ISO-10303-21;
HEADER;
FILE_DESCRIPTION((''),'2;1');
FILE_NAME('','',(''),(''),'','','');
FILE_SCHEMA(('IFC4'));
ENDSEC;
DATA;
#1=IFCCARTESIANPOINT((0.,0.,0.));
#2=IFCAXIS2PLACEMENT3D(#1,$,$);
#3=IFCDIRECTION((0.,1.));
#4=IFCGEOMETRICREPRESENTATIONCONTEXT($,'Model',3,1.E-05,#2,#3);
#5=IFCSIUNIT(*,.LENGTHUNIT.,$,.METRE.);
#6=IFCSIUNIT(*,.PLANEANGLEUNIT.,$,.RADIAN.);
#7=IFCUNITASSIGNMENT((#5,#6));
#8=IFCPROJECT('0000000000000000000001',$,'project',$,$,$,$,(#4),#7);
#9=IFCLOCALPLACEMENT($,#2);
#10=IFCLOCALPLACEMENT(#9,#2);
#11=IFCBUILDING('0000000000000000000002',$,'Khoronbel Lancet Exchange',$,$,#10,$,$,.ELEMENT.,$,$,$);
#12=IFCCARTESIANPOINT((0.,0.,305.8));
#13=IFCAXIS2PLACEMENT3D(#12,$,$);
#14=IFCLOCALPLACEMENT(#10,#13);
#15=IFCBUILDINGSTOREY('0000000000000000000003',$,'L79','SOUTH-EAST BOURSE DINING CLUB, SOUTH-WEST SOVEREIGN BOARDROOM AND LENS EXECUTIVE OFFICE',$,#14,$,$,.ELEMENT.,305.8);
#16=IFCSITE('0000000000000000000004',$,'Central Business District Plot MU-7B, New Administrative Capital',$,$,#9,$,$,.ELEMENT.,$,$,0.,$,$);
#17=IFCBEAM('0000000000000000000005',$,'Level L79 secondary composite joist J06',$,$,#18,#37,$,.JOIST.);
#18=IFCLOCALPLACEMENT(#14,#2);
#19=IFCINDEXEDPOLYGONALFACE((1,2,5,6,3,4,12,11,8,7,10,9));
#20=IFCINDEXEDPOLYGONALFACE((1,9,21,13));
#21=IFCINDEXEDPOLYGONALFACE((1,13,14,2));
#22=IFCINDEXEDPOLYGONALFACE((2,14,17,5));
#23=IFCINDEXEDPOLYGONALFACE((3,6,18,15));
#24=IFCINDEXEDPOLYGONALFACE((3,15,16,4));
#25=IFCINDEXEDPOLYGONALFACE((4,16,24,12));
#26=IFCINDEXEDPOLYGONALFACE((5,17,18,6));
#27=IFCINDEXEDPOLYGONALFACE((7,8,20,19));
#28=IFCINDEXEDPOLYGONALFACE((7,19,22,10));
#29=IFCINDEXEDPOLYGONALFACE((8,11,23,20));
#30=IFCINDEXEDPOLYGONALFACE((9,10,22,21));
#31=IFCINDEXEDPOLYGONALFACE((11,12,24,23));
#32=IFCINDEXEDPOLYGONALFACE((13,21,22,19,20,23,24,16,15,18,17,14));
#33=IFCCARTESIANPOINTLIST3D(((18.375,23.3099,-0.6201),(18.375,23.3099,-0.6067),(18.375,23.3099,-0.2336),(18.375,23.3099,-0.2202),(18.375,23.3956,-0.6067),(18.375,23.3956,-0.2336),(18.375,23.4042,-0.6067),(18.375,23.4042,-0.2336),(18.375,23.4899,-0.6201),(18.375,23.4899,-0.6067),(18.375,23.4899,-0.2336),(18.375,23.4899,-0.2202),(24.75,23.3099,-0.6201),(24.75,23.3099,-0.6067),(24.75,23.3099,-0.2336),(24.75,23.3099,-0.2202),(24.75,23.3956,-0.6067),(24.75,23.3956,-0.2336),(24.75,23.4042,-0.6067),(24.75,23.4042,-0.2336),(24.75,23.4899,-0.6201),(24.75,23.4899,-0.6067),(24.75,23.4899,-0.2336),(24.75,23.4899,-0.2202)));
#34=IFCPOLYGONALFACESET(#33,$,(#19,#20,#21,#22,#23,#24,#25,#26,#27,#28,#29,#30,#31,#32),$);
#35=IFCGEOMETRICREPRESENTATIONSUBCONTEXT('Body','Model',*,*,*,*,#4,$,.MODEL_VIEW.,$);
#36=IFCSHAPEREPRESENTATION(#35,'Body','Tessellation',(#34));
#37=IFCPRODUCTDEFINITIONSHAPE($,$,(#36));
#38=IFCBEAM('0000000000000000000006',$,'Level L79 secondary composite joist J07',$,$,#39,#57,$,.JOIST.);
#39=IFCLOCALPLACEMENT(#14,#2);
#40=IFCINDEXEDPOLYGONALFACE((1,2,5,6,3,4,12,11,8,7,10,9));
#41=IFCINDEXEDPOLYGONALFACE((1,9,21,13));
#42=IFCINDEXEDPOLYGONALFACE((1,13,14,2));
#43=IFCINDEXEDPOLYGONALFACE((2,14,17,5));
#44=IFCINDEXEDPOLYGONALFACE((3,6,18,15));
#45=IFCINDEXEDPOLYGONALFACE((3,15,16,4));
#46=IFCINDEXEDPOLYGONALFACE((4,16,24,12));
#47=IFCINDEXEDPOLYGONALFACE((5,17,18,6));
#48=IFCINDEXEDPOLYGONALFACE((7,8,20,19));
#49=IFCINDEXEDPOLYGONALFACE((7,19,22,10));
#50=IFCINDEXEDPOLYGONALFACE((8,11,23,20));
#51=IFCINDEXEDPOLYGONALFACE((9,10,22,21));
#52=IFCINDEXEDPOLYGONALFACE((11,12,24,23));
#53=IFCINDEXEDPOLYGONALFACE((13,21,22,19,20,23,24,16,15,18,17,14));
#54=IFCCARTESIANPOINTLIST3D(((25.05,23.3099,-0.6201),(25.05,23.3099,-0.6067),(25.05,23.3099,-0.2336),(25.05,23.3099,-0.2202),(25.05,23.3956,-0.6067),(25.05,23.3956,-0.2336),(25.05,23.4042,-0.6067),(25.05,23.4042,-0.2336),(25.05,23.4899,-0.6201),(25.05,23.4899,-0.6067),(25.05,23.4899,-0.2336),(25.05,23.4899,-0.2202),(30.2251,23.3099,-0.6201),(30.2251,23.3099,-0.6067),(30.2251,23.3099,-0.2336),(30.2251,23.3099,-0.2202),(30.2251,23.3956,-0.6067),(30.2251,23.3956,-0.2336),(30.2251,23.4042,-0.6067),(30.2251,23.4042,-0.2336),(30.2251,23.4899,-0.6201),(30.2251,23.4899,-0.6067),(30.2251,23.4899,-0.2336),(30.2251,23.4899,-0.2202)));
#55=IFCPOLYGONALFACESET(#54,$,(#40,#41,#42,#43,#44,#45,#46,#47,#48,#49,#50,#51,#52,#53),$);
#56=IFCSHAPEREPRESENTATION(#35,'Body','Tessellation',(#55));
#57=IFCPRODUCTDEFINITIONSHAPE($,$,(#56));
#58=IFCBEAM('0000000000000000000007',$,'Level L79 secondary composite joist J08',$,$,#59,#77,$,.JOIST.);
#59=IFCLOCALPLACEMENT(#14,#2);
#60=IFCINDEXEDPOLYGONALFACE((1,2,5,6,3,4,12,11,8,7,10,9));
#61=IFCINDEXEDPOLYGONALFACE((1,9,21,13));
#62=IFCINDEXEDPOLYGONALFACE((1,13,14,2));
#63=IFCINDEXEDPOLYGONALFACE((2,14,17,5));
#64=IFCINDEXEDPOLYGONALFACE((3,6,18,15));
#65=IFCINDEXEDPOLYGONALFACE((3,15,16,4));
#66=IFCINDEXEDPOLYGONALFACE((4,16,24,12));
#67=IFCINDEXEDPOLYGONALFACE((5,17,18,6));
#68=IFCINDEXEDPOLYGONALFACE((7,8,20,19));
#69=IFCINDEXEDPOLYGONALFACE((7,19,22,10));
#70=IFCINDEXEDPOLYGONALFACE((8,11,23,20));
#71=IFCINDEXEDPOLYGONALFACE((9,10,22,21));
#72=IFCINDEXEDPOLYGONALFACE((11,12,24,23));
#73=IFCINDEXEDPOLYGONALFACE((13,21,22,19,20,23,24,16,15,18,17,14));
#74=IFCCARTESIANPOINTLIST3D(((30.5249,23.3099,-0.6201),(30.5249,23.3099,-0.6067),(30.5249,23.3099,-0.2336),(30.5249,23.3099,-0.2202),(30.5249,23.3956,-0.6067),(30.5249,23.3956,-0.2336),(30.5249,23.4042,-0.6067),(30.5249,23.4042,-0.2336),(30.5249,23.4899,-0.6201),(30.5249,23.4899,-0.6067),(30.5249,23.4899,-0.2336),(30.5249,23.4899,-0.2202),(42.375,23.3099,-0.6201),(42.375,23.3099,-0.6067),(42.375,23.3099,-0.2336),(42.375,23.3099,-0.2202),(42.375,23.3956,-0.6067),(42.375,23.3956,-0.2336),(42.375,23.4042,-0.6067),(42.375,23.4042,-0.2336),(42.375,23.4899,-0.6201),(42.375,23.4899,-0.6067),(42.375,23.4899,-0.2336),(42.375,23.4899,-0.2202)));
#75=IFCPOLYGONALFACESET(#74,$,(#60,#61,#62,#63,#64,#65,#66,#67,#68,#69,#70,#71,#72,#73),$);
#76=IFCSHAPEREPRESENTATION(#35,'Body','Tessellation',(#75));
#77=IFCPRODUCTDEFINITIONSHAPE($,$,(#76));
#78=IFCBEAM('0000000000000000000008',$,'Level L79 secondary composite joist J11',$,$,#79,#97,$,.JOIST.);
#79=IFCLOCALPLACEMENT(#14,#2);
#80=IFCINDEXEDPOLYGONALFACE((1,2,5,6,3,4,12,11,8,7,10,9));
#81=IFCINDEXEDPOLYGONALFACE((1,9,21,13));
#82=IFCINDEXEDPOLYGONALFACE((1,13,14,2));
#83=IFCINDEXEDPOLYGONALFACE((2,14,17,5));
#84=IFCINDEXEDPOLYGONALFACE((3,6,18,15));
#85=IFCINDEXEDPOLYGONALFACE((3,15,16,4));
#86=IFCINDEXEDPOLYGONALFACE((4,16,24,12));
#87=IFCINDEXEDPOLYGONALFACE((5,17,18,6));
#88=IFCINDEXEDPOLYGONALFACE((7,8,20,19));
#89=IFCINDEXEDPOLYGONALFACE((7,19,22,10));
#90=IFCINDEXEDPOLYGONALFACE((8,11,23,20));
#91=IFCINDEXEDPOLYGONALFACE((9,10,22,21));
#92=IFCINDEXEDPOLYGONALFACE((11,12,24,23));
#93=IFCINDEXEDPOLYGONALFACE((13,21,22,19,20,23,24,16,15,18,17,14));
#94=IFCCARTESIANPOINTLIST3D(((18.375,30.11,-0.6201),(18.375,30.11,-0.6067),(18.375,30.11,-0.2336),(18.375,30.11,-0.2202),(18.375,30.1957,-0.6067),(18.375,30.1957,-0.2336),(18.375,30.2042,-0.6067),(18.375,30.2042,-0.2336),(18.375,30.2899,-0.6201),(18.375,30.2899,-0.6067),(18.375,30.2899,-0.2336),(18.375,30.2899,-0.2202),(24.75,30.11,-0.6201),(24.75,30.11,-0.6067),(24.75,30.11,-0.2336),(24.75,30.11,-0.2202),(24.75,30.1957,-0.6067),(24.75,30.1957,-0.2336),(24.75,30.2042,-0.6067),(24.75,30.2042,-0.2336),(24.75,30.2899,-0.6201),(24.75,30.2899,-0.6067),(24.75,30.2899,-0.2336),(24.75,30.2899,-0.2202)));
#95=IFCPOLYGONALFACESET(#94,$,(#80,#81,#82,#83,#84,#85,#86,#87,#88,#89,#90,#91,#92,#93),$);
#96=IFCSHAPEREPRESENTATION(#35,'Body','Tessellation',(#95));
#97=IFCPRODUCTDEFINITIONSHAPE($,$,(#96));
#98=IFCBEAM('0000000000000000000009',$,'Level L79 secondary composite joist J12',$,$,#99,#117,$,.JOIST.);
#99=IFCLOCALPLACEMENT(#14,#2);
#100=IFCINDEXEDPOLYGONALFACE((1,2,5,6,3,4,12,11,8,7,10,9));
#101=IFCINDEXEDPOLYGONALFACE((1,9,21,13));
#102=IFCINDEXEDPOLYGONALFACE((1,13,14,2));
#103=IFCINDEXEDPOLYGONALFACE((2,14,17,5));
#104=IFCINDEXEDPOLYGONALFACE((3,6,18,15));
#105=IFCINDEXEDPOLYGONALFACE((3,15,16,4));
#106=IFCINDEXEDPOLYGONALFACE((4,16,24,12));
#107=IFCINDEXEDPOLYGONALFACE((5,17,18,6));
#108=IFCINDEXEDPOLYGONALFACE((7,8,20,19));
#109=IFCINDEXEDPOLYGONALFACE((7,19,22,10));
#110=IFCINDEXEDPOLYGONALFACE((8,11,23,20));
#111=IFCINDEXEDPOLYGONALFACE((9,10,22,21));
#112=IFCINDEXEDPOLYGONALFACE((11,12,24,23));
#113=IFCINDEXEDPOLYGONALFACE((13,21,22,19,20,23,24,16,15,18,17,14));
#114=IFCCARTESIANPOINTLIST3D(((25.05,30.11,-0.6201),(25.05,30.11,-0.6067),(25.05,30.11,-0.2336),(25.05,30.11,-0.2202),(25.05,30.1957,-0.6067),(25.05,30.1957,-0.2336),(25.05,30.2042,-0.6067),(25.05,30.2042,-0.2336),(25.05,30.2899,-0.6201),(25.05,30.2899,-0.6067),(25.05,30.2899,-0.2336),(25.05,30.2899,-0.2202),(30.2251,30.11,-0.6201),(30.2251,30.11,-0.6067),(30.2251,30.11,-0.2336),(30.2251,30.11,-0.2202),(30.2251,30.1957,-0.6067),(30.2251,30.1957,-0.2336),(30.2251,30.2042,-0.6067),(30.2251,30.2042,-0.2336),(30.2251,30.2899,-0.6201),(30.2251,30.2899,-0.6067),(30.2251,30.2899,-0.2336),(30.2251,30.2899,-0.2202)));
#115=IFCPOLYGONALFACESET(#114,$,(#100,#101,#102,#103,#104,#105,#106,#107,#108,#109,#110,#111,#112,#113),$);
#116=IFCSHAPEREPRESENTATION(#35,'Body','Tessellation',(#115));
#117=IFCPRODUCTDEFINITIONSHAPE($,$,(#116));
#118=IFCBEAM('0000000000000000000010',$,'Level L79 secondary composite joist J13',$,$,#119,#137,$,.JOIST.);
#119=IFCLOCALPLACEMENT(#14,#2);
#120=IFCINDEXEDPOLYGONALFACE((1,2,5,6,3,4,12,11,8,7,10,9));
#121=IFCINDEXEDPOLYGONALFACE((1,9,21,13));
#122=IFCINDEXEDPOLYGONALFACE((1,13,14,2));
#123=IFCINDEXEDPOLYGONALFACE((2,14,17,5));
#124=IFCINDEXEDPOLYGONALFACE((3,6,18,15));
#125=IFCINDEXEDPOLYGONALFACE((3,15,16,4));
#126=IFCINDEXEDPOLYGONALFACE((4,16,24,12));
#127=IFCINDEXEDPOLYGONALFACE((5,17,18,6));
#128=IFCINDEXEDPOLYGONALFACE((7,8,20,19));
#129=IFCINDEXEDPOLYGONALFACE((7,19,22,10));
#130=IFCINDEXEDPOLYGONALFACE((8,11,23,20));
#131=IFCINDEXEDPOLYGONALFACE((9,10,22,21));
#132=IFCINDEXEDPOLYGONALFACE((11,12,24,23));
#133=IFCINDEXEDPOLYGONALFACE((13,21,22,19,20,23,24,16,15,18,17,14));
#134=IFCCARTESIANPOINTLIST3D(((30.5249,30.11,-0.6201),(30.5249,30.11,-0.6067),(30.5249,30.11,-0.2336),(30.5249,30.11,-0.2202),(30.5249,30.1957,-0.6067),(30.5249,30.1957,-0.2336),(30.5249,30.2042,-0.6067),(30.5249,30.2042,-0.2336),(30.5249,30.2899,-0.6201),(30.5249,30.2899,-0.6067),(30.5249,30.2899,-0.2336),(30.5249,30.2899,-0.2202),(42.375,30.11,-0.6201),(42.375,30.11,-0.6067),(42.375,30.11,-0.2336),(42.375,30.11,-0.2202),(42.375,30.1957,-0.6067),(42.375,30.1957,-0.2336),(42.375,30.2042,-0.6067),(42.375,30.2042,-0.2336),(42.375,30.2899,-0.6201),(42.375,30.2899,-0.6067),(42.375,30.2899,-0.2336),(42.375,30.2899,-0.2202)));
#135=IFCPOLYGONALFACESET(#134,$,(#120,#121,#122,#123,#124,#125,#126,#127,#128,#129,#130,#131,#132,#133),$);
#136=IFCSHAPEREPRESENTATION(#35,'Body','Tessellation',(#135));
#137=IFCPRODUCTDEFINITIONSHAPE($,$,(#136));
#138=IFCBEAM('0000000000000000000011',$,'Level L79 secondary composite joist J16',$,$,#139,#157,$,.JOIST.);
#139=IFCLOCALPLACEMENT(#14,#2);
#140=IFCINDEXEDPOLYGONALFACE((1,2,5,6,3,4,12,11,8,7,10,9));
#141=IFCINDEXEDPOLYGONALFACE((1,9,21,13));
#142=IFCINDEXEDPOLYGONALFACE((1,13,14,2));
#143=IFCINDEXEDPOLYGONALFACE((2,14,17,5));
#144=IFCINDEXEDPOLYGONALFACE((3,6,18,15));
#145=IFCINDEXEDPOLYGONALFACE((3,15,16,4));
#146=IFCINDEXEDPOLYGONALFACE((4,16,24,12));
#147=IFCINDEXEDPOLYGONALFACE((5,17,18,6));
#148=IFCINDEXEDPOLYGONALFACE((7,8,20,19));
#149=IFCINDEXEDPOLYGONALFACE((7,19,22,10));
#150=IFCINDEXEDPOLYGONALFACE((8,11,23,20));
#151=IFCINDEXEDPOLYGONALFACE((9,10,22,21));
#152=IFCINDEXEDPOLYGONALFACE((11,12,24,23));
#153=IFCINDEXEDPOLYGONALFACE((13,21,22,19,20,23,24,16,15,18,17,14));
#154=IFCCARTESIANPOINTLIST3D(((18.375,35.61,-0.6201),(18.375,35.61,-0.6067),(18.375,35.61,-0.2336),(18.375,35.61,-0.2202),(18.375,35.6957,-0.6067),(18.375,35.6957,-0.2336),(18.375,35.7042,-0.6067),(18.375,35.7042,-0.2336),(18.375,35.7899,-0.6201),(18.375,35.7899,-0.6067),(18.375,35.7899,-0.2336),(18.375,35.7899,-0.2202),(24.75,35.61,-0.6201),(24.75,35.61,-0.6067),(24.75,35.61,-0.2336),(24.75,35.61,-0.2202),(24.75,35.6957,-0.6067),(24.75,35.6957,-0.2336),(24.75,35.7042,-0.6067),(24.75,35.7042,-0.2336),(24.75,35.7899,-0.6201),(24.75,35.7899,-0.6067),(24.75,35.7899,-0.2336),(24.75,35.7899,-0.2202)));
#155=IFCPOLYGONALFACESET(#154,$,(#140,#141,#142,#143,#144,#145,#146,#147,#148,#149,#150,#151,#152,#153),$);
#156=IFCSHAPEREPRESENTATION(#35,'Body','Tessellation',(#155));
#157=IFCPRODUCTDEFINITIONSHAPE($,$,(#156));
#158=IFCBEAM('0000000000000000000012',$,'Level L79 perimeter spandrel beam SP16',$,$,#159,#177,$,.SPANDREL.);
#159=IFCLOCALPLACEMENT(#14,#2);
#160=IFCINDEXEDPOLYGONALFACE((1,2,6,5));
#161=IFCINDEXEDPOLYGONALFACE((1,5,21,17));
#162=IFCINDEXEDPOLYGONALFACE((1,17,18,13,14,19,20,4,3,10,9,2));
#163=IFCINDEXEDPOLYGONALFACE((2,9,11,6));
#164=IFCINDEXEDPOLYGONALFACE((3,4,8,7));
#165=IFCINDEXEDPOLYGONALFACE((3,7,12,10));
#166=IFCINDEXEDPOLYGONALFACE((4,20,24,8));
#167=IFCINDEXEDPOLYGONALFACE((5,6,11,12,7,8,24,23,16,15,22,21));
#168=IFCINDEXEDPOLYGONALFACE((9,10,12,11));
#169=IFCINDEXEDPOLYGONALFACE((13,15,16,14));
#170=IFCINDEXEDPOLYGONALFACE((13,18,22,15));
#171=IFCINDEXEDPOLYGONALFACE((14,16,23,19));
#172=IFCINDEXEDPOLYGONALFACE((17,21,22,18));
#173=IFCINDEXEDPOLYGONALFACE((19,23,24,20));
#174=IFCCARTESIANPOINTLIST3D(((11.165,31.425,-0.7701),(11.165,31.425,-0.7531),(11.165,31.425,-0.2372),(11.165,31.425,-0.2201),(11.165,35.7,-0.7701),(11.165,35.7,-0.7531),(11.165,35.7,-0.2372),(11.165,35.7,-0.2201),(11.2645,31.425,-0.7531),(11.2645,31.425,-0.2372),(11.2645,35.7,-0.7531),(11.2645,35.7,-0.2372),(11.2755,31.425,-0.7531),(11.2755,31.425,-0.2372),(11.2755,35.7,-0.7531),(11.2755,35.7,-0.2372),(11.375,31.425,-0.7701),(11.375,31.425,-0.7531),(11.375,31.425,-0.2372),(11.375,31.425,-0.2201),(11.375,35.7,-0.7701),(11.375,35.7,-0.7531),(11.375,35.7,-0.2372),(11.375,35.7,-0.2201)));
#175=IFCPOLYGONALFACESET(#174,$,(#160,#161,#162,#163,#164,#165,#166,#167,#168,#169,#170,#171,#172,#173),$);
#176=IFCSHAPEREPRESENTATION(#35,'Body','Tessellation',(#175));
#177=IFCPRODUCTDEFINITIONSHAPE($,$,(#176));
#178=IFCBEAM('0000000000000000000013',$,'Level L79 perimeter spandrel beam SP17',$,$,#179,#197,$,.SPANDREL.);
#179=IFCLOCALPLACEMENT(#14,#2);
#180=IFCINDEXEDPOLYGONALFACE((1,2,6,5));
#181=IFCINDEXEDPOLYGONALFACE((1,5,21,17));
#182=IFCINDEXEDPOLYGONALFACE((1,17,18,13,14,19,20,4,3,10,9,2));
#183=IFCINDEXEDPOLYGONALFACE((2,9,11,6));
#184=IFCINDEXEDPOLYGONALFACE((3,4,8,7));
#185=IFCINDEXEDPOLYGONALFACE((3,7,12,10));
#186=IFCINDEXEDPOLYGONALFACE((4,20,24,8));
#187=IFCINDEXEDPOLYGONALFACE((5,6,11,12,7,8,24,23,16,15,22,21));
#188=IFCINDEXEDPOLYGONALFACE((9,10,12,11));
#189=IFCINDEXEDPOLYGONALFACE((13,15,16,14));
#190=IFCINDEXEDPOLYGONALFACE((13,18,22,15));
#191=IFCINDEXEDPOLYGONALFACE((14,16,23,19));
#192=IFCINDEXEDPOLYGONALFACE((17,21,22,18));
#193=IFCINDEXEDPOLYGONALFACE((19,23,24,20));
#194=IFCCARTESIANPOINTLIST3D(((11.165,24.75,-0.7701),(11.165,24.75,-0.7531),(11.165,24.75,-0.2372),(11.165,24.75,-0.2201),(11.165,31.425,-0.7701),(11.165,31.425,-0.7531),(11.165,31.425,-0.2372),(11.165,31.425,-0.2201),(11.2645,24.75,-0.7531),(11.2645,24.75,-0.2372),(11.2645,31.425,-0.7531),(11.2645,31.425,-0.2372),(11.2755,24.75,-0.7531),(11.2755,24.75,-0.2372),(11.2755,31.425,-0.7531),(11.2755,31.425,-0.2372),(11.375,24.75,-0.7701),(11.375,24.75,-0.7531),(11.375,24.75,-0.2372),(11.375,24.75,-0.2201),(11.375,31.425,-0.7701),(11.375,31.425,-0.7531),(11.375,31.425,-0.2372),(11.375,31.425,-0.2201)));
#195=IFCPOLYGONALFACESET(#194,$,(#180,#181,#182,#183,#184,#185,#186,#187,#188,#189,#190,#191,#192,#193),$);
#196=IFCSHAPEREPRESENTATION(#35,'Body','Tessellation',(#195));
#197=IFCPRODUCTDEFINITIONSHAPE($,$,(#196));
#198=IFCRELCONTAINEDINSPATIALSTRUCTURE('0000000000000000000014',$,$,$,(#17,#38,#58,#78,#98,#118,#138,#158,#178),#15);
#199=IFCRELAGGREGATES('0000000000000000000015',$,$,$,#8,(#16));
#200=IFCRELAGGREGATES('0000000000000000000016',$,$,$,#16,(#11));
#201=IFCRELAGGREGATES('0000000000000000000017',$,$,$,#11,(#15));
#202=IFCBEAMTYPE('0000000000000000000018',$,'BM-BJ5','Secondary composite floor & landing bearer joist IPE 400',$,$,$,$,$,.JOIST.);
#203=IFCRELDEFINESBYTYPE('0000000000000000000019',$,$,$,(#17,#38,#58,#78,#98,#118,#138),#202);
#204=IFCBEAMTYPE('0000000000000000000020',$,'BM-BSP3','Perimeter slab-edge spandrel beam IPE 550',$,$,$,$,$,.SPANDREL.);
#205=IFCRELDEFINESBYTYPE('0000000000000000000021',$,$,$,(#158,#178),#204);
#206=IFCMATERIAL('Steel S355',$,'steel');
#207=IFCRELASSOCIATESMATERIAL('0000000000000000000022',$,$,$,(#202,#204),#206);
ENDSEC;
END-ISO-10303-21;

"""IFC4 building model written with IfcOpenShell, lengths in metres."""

from ifc_helpers import new_model, si_unit, direction, frame, origin, origin_2d, place, context, subcontext, project, spatial, i_section, extrude, material, material_profile, profile_set, type_object, element, save


model = new_model("IFC4")

# Units and contexts
model_context = context("Model", 3, precision=1e-05, world=origin(), true_north=direction((0.0, 1.0)))
body_context = subcontext(model_context, "Body", "Model", "MODEL_VIEW")
ifc_project = project(units=[si_unit("LENGTHUNIT", "METRE"), si_unit("PLANEANGLEUNIT", "RADIAN")], contexts=[model_context])

# Site, building, storey
site_placement = place(None, origin())
site = spatial("IfcSite", under=ifc_project, at=site_placement, Name="Central Business District Plot MU-7B, New Administrative Capital", CompositionType="ELEMENT", RefElevation=0.0)
building_placement = place(site_placement, origin())
building = spatial("IfcBuilding", under=site, at=building_placement, Name="Khoronbel Lancet Exchange", CompositionType="ELEMENT")
storey_placement = place(building_placement, frame((0.0, 0.0, 305.8)))
storey = spatial("IfcBuildingStorey", under=building, at=storey_placement, Name="L79", Description="SOUTH-EAST BOURSE DINING CLUB, SOUTH-WEST SOVEREIGN BOARDROOM AND LENS EXECUTIVE OFFICE", CompositionType="ELEMENT", Elevation=305.8)

# Shared definitions
ifc_material_1 = material(Name="Steel S355", Category="steel")

# Beams
ifc_material_profile_1 = material_profile(ifc_material_1, i_section(OverallWidth=0.1799, OverallDepth=0.3999, WebThickness=0.0085, FlangeThickness=0.0134, at=origin_2d()), Name="IPE 400")
ifc_profile_set_1 = profile_set([ifc_material_profile_1], Name="Steel S355")
beam_type_1 = type_object("IfcBeamType", Name="BM-BJ5", Description="Secondary composite floor & landing bearer joist IPE 400", PredefinedType="JOIST", material=ifc_profile_set_1)
beam_1_placement = place(storey_placement, frame((18.375, 23.3999, -0.4202), z_axis=(1.0, 0.0, 0.0), x_axis=(0.0, 1.0, 0.0)))
element("IfcBeam", 1, at=beam_1_placement, inside=storey, type_object=beam_type_1, Name="Level L79 secondary composite joist J06", PredefinedType="JOIST", context=body_context, shape_type="SweptSolid", body=[
    extrude(i_section(OverallWidth=0.1799, OverallDepth=0.3999, WebThickness=0.0085, FlangeThickness=0.0134, at=origin_2d()), origin(), (0.0, 0.0, 1.0), 6.375),
])
beam_2_placement = place(storey_placement, frame((25.05, 23.3999, -0.4202), z_axis=(1.0, 0.0, 0.0), x_axis=(0.0, 1.0, 0.0)))
element("IfcBeam", 2, at=beam_2_placement, inside=storey, type_object=beam_type_1, Name="Level L79 secondary composite joist J07", PredefinedType="JOIST", context=body_context, shape_type="SweptSolid", body=[
    extrude(i_section(OverallWidth=0.1799, OverallDepth=0.3999, WebThickness=0.0085, FlangeThickness=0.0134, at=origin_2d()), origin(), (0.0, 0.0, 1.0), 5.175),
])
beam_3_placement = place(storey_placement, frame((30.5249, 23.3999, -0.4202), z_axis=(1.0, 0.0, 0.0), x_axis=(0.0, 1.0, 0.0)))
element("IfcBeam", 3, at=beam_3_placement, inside=storey, type_object=beam_type_1, Name="Level L79 secondary composite joist J08", PredefinedType="JOIST", context=body_context, shape_type="SweptSolid", body=[
    extrude(i_section(OverallWidth=0.1799, OverallDepth=0.3999, WebThickness=0.0085, FlangeThickness=0.0134, at=origin_2d()), origin(), (0.0, 0.0, 1.0), 11.8501),
])
beam_4_placement = place(storey_placement, frame((18.375, 30.2, -0.4202), z_axis=(1.0, 0.0, 0.0), x_axis=(0.0, 1.0, 0.0)))
element("IfcBeam", 4, at=beam_4_placement, inside=storey, type_object=beam_type_1, Name="Level L79 secondary composite joist J11", PredefinedType="JOIST", context=body_context, shape_type="SweptSolid", body=[
    extrude(i_section(OverallWidth=0.1799, OverallDepth=0.3999, WebThickness=0.0085, FlangeThickness=0.0134, at=origin_2d()), origin(), (0.0, 0.0, 1.0), 6.375),
])
beam_5_placement = place(storey_placement, frame((25.05, 30.2, -0.4202), z_axis=(1.0, 0.0, 0.0), x_axis=(0.0, 1.0, 0.0)))
element("IfcBeam", 5, at=beam_5_placement, inside=storey, type_object=beam_type_1, Name="Level L79 secondary composite joist J12", PredefinedType="JOIST", context=body_context, shape_type="SweptSolid", body=[
    extrude(i_section(OverallWidth=0.1799, OverallDepth=0.3999, WebThickness=0.0085, FlangeThickness=0.0134, at=origin_2d()), origin(), (0.0, 0.0, 1.0), 5.175),
])
beam_6_placement = place(storey_placement, frame((30.5249, 30.2, -0.4202), z_axis=(1.0, 0.0, 0.0), x_axis=(0.0, 1.0, 0.0)))
element("IfcBeam", 6, at=beam_6_placement, inside=storey, type_object=beam_type_1, Name="Level L79 secondary composite joist J13", PredefinedType="JOIST", context=body_context, shape_type="SweptSolid", body=[
    extrude(i_section(OverallWidth=0.1799, OverallDepth=0.3999, WebThickness=0.0085, FlangeThickness=0.0134, at=origin_2d()), origin(), (0.0, 0.0, 1.0), 11.8501),
])
beam_7_placement = place(storey_placement, frame((18.375, 35.7, -0.4202), z_axis=(1.0, 0.0, 0.0), x_axis=(0.0, 1.0, 0.0)))
element("IfcBeam", 7, at=beam_7_placement, inside=storey, type_object=beam_type_1, Name="Level L79 secondary composite joist J16", PredefinedType="JOIST", context=body_context, shape_type="SweptSolid", body=[
    extrude(i_section(OverallWidth=0.1799, OverallDepth=0.3999, WebThickness=0.0085, FlangeThickness=0.0134, at=origin_2d()), origin(), (0.0, 0.0, 1.0), 6.375),
])
ifc_material_profile_2 = material_profile(ifc_material_1, i_section(OverallWidth=0.21, OverallDepth=0.55, WebThickness=0.011, FlangeThickness=0.0171, at=origin_2d()), Name="IPE 550")
ifc_profile_set_2 = profile_set([ifc_material_profile_2], Name="Steel S355")
beam_type_2 = type_object("IfcBeamType", Name="BM-BSP3", Description="Perimeter slab-edge spandrel beam IPE 550", PredefinedType="SPANDREL", material=ifc_profile_set_2)
beam_8_placement = place(storey_placement, frame((11.27, 35.7, -0.4951), z_axis=(0.0, -1.0, 0.0), x_axis=(1.0, 0.0, 0.0)))
element("IfcBeam", 8, at=beam_8_placement, inside=storey, type_object=beam_type_2, Name="Level L79 perimeter spandrel beam SP16", PredefinedType="SPANDREL", context=body_context, shape_type="SweptSolid", body=[
    extrude(i_section(OverallWidth=0.21, OverallDepth=0.55, WebThickness=0.011, FlangeThickness=0.0171, at=origin_2d()), origin(), (0.0, 0.0, 1.0), 4.2749),
])
beam_9_placement = place(storey_placement, frame((11.27, 31.425, -0.4951), z_axis=(0.0, -1.0, 0.0), x_axis=(1.0, 0.0, 0.0)))
element("IfcBeam", 9, at=beam_9_placement, inside=storey, type_object=beam_type_2, Name="Level L79 perimeter spandrel beam SP17", PredefinedType="SPANDREL", context=body_context, shape_type="SweptSolid", body=[
    extrude(i_section(OverallWidth=0.21, OverallDepth=0.55, WebThickness=0.011, FlangeThickness=0.0171, at=origin_2d()), origin(), (0.0, 0.0, 1.0), 6.675),
])

save(model, "model.ifc")
